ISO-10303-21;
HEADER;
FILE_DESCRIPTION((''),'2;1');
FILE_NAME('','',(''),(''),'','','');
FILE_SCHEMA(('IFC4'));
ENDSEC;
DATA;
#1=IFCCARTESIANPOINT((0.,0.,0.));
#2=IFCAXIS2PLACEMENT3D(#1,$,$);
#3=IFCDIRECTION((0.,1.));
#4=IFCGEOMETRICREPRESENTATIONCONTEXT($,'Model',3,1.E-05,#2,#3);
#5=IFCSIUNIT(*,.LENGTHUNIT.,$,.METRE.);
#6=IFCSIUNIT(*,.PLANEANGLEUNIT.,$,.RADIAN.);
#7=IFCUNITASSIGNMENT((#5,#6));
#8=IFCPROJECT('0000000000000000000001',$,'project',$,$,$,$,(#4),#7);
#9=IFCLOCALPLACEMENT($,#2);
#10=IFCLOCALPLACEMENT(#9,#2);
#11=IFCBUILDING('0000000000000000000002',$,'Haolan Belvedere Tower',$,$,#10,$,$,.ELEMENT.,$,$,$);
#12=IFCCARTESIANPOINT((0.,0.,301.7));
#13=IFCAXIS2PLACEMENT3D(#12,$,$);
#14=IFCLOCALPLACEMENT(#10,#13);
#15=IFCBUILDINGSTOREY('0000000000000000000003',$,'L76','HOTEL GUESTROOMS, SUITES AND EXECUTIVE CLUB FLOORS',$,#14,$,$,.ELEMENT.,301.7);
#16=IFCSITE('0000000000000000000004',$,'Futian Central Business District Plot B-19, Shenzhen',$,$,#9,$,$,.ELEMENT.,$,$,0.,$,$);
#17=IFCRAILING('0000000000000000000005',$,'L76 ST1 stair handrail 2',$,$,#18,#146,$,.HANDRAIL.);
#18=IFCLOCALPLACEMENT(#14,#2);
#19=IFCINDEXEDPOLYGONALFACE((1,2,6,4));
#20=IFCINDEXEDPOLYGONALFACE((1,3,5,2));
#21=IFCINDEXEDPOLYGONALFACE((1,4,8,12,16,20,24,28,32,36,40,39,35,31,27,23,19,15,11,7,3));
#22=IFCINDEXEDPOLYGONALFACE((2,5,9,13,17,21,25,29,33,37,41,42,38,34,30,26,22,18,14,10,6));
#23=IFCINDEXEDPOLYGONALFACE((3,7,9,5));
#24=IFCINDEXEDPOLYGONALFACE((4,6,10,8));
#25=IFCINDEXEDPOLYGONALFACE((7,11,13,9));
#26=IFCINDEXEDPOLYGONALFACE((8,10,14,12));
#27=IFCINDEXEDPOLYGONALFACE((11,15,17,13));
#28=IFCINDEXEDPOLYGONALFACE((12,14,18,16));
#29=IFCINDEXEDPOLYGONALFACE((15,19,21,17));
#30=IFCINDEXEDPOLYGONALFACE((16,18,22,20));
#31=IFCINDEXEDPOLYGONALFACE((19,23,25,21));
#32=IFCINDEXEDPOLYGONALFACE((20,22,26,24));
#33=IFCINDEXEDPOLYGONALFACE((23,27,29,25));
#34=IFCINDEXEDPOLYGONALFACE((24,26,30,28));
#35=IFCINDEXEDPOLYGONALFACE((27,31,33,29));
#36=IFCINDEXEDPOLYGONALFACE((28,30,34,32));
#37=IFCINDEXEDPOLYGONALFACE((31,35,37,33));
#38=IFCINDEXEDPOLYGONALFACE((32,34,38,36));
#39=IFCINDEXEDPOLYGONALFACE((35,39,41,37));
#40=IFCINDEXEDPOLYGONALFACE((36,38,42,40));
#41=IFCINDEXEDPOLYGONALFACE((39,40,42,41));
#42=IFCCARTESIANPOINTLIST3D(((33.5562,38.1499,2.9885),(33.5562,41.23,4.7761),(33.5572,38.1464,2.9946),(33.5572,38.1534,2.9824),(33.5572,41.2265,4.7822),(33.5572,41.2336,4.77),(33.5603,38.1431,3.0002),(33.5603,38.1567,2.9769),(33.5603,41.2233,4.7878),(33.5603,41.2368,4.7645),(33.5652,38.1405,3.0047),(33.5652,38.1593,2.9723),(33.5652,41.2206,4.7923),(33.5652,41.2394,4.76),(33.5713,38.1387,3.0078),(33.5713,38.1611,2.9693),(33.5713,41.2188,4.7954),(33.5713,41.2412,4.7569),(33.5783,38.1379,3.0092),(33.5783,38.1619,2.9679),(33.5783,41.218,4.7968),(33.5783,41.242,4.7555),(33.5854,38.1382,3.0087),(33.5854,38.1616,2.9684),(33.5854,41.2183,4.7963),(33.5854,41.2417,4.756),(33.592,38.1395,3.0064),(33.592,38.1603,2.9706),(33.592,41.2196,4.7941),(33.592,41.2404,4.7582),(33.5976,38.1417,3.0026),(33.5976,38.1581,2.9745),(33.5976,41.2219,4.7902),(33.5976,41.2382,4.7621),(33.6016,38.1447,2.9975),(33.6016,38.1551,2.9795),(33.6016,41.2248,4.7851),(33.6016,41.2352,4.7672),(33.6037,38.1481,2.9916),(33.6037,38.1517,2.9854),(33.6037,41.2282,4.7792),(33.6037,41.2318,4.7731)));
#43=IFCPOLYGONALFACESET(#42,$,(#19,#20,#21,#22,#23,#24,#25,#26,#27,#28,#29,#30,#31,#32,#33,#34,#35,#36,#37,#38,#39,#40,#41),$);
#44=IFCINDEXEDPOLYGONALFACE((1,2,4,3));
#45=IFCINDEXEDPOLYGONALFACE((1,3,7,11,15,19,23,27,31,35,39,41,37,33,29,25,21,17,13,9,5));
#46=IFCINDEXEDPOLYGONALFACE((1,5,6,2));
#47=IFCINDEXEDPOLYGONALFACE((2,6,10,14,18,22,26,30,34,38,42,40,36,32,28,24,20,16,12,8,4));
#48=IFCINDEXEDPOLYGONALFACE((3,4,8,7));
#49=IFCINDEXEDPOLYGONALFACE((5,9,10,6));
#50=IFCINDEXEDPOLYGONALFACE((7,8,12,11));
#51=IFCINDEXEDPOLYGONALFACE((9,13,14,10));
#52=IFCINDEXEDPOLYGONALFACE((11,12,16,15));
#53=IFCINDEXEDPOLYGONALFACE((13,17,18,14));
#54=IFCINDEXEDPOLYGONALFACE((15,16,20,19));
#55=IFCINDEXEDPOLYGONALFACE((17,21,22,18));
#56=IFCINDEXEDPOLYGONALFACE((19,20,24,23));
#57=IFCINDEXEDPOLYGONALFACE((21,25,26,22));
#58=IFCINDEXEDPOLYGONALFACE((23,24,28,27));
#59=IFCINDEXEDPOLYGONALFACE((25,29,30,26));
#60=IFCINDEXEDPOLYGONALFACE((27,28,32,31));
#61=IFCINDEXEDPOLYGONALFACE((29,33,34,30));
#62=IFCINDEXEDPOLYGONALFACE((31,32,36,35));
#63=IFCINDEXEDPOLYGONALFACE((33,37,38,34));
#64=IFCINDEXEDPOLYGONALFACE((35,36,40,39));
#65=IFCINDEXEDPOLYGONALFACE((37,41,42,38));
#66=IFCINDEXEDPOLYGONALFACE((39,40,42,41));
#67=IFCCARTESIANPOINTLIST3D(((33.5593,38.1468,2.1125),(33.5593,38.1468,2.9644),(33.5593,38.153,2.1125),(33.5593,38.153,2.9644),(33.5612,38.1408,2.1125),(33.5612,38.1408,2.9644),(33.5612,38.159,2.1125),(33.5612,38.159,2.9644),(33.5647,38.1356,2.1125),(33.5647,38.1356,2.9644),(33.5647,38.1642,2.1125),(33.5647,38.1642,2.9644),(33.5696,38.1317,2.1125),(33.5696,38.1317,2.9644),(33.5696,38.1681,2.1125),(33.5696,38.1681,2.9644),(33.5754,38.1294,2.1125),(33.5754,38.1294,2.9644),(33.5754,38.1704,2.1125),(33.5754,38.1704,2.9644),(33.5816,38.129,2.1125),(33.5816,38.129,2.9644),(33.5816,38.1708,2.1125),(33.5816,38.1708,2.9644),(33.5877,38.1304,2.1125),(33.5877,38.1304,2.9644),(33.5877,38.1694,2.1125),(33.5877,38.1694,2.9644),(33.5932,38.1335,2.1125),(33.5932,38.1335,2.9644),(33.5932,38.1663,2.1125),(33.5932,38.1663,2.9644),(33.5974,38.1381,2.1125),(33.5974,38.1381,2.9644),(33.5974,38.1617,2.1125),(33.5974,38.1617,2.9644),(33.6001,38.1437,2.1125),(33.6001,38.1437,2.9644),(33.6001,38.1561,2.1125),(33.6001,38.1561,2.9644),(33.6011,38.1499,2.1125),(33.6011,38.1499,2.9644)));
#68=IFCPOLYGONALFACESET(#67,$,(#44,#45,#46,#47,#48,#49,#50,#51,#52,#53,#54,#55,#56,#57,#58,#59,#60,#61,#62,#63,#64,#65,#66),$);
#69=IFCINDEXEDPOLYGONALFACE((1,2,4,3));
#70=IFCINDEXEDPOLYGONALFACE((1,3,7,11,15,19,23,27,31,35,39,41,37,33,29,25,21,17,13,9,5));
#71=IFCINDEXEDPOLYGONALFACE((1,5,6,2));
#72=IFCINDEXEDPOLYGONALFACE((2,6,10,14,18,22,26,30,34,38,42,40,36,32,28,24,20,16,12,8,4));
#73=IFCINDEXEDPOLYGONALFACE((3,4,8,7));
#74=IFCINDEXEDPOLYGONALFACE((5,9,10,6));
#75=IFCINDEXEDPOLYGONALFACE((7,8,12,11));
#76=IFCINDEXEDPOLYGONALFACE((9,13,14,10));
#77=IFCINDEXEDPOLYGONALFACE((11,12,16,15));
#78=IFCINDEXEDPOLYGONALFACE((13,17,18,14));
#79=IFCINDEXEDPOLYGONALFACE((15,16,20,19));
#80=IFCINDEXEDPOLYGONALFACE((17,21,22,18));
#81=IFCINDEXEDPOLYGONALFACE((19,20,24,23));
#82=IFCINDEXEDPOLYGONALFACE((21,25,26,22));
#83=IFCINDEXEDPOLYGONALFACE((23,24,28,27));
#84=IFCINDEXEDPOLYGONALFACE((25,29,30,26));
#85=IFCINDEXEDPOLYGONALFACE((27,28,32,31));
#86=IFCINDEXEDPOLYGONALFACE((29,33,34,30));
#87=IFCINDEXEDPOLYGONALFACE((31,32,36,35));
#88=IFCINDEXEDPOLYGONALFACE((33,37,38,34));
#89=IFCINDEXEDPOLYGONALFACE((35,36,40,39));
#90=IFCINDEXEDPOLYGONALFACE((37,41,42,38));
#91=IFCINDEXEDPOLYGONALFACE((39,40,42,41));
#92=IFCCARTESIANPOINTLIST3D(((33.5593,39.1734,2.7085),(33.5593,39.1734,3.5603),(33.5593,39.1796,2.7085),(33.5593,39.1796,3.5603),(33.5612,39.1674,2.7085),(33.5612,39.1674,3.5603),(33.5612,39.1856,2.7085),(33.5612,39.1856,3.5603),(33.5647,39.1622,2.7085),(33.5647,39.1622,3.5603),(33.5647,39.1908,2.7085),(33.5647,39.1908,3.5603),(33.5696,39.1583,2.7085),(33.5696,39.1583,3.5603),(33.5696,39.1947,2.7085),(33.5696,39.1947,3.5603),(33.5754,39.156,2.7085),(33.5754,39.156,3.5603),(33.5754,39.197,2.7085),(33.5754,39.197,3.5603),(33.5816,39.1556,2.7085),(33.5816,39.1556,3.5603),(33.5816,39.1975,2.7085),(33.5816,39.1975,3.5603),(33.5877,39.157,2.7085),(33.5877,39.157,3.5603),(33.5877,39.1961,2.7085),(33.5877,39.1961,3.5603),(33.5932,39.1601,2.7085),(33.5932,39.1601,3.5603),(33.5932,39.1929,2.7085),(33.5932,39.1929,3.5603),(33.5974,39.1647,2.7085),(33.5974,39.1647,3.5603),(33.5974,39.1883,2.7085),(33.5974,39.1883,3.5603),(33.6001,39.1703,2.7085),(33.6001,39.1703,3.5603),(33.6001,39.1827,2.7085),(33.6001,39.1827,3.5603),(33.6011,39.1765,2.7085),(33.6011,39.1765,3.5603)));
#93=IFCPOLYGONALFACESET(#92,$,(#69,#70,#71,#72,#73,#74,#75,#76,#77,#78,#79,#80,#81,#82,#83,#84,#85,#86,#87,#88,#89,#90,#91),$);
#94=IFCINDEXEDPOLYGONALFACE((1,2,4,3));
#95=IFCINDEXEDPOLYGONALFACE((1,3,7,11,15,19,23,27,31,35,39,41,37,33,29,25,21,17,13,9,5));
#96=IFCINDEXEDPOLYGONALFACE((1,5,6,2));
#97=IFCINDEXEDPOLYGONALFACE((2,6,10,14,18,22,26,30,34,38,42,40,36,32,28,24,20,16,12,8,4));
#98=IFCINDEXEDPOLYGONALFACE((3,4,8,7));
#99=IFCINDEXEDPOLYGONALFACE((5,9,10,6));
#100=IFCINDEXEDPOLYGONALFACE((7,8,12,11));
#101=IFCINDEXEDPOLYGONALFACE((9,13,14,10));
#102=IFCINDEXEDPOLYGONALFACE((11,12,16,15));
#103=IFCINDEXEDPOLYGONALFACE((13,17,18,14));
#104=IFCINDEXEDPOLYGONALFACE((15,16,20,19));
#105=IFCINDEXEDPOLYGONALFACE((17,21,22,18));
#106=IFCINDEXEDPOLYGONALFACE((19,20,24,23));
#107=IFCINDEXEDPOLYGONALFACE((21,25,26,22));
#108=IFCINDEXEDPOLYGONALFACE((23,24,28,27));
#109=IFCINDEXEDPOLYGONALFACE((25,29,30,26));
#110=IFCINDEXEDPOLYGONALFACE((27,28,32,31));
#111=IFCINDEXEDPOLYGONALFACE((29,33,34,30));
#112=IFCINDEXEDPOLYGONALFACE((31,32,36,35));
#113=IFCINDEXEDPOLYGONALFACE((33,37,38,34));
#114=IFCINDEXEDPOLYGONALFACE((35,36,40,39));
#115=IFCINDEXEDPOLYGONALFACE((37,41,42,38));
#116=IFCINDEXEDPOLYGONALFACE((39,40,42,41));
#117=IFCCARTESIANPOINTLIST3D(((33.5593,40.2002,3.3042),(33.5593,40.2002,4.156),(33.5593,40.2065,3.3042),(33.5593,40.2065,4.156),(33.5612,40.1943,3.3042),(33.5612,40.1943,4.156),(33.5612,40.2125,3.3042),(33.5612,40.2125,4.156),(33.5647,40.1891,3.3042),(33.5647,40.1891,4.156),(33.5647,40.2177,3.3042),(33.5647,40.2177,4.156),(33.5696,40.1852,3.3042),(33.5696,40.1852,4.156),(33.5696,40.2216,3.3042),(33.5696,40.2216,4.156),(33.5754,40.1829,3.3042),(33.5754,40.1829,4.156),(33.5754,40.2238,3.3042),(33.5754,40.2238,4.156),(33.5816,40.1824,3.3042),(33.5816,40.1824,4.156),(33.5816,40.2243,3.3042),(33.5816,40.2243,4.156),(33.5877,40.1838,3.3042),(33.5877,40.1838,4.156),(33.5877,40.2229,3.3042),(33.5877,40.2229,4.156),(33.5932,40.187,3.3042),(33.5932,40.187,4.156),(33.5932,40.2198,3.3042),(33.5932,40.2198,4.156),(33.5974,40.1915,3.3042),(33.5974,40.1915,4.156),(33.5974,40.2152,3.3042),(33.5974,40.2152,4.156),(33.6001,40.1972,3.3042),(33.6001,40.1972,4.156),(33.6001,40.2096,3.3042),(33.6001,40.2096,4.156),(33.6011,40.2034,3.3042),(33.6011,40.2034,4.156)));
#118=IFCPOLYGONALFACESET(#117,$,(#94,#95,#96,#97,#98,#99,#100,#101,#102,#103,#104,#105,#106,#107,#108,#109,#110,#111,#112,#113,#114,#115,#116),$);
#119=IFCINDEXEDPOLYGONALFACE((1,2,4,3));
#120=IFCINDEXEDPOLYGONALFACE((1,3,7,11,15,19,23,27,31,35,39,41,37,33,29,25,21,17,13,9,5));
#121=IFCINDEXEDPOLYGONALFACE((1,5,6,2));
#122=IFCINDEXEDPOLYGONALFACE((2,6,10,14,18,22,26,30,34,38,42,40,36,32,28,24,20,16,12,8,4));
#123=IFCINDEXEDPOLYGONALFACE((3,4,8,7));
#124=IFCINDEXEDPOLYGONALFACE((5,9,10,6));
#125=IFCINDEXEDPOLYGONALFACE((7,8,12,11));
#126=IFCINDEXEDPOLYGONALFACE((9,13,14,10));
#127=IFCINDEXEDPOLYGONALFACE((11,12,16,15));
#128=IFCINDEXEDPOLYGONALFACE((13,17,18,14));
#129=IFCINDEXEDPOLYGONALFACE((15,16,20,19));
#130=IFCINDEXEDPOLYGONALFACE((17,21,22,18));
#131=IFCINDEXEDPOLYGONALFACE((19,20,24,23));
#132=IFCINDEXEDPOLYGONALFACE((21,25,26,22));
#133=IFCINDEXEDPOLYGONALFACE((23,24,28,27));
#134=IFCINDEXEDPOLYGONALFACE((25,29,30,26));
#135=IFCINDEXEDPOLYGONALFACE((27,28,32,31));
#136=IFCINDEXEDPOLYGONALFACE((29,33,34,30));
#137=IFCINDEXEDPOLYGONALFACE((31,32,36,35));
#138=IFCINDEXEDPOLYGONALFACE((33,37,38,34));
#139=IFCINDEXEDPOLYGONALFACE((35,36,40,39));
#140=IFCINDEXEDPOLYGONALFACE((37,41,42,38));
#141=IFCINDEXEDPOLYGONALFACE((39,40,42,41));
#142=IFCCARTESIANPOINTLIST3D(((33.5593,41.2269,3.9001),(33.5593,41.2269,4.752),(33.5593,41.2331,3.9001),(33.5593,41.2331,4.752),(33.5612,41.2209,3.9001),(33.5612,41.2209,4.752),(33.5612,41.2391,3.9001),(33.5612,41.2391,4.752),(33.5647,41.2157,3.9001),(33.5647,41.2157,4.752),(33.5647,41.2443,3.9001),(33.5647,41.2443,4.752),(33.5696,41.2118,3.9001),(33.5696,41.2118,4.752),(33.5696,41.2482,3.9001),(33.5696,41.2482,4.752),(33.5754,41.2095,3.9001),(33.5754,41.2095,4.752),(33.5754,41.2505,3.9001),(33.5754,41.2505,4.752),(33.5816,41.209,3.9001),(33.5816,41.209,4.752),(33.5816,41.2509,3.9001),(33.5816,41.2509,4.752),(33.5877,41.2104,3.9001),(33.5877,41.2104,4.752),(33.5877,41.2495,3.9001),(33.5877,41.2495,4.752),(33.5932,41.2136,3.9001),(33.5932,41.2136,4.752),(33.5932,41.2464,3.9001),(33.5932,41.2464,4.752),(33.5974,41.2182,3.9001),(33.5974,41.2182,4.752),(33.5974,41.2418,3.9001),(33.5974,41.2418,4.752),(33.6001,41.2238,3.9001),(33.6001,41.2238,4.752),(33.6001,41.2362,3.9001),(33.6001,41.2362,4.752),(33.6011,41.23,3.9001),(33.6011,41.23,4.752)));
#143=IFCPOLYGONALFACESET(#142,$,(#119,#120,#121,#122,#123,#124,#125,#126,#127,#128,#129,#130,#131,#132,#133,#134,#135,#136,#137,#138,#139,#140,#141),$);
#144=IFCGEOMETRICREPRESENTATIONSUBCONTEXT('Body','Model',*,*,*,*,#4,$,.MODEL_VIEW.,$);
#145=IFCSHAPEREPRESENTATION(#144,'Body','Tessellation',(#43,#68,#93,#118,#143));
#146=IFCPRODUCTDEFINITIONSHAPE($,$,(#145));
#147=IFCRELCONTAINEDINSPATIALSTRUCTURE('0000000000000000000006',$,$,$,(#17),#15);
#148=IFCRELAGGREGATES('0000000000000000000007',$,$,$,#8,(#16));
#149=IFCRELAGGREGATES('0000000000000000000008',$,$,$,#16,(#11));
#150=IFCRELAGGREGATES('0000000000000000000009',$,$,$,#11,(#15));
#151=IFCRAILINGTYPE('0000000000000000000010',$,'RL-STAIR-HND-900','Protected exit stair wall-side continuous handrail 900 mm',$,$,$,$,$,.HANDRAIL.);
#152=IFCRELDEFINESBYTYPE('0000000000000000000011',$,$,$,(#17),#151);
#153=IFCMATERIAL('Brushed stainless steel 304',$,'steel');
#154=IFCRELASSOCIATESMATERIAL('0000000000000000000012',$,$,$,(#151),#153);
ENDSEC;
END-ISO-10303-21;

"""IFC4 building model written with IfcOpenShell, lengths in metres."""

from ifc_helpers import new_model, si_unit, direction, frame, origin, origin_2d, place, context, subcontext, project, spatial, circle, extrude, material, type_object, element, save


model = new_model("IFC4")

# Units and contexts
model_context = context("Model", 3, precision=1e-05, world=origin(), true_north=direction((0.0, 1.0)))
body_context = subcontext(model_context, "Body", "Model", "MODEL_VIEW")
ifc_project = project(units=[si_unit("LENGTHUNIT", "METRE"), si_unit("PLANEANGLEUNIT", "RADIAN")], contexts=[model_context])

# Site, building, storey
site_placement = place(None, origin())
site = spatial("IfcSite", under=ifc_project, at=site_placement, Name="Futian Central Business District Plot B-19, Shenzhen", CompositionType="ELEMENT", RefElevation=0.0)
building_placement = place(site_placement, origin())
building = spatial("IfcBuilding", under=site, at=building_placement, Name="Haolan Belvedere Tower", CompositionType="ELEMENT")
storey_placement = place(building_placement, frame((0.0, 0.0, 301.7)))
storey = spatial("IfcBuildingStorey", under=building, at=storey_placement, Name="L76", Description="HOTEL GUESTROOMS, SUITES AND EXECUTIVE CLUB FLOORS", CompositionType="ELEMENT", Elevation=301.7)

# Railing
ifc_material_1 = material(Name="Brushed stainless steel 304", Category="steel")
railing_type_1 = type_object("IfcRailingType", Name="RL-STAIR-HND-900", Description="Protected exit stair wall-side continuous handrail 900 mm", PredefinedType="HANDRAIL", material=ifc_material_1)
railing_1_placement = place(storey_placement, frame((33.5801, 38.1499, 2.1125)))
element("IfcRailing", 1, at=railing_1_placement, inside=storey, type_object=railing_type_1, Name="L76 ST1 stair handrail 2", PredefinedType="HANDRAIL", context=body_context, shape_type="SweptSolid", body=[
    extrude(circle(Radius=0.0239, at=origin_2d()), frame((0.0, 0.0, 0.876), z_axis=(0.0, 0.864891, 0.50196), x_axis=(-1.0, 0.0, 0.0)), (0.0, 0.0, 1.0), 3.5613),
    extrude(circle(Radius=0.021, at=origin_2d()), origin(), (0.0, 0.0, 1.0), 0.8518),
    extrude(circle(Radius=0.021, at=origin_2d()), frame((0.0, 1.0266, 0.5959)), (0.0, 0.0, 1.0), 0.8518),
    extrude(circle(Radius=0.021, at=origin_2d()), frame((0.0, 2.0535, 1.1917)), (0.0, 0.0, 1.0), 0.8518),
    extrude(circle(Radius=0.021, at=origin_2d()), frame((0.0, 3.0801, 1.7876)), (0.0, 0.0, 1.0), 0.8518),
])

save(model, "model.ifc")
